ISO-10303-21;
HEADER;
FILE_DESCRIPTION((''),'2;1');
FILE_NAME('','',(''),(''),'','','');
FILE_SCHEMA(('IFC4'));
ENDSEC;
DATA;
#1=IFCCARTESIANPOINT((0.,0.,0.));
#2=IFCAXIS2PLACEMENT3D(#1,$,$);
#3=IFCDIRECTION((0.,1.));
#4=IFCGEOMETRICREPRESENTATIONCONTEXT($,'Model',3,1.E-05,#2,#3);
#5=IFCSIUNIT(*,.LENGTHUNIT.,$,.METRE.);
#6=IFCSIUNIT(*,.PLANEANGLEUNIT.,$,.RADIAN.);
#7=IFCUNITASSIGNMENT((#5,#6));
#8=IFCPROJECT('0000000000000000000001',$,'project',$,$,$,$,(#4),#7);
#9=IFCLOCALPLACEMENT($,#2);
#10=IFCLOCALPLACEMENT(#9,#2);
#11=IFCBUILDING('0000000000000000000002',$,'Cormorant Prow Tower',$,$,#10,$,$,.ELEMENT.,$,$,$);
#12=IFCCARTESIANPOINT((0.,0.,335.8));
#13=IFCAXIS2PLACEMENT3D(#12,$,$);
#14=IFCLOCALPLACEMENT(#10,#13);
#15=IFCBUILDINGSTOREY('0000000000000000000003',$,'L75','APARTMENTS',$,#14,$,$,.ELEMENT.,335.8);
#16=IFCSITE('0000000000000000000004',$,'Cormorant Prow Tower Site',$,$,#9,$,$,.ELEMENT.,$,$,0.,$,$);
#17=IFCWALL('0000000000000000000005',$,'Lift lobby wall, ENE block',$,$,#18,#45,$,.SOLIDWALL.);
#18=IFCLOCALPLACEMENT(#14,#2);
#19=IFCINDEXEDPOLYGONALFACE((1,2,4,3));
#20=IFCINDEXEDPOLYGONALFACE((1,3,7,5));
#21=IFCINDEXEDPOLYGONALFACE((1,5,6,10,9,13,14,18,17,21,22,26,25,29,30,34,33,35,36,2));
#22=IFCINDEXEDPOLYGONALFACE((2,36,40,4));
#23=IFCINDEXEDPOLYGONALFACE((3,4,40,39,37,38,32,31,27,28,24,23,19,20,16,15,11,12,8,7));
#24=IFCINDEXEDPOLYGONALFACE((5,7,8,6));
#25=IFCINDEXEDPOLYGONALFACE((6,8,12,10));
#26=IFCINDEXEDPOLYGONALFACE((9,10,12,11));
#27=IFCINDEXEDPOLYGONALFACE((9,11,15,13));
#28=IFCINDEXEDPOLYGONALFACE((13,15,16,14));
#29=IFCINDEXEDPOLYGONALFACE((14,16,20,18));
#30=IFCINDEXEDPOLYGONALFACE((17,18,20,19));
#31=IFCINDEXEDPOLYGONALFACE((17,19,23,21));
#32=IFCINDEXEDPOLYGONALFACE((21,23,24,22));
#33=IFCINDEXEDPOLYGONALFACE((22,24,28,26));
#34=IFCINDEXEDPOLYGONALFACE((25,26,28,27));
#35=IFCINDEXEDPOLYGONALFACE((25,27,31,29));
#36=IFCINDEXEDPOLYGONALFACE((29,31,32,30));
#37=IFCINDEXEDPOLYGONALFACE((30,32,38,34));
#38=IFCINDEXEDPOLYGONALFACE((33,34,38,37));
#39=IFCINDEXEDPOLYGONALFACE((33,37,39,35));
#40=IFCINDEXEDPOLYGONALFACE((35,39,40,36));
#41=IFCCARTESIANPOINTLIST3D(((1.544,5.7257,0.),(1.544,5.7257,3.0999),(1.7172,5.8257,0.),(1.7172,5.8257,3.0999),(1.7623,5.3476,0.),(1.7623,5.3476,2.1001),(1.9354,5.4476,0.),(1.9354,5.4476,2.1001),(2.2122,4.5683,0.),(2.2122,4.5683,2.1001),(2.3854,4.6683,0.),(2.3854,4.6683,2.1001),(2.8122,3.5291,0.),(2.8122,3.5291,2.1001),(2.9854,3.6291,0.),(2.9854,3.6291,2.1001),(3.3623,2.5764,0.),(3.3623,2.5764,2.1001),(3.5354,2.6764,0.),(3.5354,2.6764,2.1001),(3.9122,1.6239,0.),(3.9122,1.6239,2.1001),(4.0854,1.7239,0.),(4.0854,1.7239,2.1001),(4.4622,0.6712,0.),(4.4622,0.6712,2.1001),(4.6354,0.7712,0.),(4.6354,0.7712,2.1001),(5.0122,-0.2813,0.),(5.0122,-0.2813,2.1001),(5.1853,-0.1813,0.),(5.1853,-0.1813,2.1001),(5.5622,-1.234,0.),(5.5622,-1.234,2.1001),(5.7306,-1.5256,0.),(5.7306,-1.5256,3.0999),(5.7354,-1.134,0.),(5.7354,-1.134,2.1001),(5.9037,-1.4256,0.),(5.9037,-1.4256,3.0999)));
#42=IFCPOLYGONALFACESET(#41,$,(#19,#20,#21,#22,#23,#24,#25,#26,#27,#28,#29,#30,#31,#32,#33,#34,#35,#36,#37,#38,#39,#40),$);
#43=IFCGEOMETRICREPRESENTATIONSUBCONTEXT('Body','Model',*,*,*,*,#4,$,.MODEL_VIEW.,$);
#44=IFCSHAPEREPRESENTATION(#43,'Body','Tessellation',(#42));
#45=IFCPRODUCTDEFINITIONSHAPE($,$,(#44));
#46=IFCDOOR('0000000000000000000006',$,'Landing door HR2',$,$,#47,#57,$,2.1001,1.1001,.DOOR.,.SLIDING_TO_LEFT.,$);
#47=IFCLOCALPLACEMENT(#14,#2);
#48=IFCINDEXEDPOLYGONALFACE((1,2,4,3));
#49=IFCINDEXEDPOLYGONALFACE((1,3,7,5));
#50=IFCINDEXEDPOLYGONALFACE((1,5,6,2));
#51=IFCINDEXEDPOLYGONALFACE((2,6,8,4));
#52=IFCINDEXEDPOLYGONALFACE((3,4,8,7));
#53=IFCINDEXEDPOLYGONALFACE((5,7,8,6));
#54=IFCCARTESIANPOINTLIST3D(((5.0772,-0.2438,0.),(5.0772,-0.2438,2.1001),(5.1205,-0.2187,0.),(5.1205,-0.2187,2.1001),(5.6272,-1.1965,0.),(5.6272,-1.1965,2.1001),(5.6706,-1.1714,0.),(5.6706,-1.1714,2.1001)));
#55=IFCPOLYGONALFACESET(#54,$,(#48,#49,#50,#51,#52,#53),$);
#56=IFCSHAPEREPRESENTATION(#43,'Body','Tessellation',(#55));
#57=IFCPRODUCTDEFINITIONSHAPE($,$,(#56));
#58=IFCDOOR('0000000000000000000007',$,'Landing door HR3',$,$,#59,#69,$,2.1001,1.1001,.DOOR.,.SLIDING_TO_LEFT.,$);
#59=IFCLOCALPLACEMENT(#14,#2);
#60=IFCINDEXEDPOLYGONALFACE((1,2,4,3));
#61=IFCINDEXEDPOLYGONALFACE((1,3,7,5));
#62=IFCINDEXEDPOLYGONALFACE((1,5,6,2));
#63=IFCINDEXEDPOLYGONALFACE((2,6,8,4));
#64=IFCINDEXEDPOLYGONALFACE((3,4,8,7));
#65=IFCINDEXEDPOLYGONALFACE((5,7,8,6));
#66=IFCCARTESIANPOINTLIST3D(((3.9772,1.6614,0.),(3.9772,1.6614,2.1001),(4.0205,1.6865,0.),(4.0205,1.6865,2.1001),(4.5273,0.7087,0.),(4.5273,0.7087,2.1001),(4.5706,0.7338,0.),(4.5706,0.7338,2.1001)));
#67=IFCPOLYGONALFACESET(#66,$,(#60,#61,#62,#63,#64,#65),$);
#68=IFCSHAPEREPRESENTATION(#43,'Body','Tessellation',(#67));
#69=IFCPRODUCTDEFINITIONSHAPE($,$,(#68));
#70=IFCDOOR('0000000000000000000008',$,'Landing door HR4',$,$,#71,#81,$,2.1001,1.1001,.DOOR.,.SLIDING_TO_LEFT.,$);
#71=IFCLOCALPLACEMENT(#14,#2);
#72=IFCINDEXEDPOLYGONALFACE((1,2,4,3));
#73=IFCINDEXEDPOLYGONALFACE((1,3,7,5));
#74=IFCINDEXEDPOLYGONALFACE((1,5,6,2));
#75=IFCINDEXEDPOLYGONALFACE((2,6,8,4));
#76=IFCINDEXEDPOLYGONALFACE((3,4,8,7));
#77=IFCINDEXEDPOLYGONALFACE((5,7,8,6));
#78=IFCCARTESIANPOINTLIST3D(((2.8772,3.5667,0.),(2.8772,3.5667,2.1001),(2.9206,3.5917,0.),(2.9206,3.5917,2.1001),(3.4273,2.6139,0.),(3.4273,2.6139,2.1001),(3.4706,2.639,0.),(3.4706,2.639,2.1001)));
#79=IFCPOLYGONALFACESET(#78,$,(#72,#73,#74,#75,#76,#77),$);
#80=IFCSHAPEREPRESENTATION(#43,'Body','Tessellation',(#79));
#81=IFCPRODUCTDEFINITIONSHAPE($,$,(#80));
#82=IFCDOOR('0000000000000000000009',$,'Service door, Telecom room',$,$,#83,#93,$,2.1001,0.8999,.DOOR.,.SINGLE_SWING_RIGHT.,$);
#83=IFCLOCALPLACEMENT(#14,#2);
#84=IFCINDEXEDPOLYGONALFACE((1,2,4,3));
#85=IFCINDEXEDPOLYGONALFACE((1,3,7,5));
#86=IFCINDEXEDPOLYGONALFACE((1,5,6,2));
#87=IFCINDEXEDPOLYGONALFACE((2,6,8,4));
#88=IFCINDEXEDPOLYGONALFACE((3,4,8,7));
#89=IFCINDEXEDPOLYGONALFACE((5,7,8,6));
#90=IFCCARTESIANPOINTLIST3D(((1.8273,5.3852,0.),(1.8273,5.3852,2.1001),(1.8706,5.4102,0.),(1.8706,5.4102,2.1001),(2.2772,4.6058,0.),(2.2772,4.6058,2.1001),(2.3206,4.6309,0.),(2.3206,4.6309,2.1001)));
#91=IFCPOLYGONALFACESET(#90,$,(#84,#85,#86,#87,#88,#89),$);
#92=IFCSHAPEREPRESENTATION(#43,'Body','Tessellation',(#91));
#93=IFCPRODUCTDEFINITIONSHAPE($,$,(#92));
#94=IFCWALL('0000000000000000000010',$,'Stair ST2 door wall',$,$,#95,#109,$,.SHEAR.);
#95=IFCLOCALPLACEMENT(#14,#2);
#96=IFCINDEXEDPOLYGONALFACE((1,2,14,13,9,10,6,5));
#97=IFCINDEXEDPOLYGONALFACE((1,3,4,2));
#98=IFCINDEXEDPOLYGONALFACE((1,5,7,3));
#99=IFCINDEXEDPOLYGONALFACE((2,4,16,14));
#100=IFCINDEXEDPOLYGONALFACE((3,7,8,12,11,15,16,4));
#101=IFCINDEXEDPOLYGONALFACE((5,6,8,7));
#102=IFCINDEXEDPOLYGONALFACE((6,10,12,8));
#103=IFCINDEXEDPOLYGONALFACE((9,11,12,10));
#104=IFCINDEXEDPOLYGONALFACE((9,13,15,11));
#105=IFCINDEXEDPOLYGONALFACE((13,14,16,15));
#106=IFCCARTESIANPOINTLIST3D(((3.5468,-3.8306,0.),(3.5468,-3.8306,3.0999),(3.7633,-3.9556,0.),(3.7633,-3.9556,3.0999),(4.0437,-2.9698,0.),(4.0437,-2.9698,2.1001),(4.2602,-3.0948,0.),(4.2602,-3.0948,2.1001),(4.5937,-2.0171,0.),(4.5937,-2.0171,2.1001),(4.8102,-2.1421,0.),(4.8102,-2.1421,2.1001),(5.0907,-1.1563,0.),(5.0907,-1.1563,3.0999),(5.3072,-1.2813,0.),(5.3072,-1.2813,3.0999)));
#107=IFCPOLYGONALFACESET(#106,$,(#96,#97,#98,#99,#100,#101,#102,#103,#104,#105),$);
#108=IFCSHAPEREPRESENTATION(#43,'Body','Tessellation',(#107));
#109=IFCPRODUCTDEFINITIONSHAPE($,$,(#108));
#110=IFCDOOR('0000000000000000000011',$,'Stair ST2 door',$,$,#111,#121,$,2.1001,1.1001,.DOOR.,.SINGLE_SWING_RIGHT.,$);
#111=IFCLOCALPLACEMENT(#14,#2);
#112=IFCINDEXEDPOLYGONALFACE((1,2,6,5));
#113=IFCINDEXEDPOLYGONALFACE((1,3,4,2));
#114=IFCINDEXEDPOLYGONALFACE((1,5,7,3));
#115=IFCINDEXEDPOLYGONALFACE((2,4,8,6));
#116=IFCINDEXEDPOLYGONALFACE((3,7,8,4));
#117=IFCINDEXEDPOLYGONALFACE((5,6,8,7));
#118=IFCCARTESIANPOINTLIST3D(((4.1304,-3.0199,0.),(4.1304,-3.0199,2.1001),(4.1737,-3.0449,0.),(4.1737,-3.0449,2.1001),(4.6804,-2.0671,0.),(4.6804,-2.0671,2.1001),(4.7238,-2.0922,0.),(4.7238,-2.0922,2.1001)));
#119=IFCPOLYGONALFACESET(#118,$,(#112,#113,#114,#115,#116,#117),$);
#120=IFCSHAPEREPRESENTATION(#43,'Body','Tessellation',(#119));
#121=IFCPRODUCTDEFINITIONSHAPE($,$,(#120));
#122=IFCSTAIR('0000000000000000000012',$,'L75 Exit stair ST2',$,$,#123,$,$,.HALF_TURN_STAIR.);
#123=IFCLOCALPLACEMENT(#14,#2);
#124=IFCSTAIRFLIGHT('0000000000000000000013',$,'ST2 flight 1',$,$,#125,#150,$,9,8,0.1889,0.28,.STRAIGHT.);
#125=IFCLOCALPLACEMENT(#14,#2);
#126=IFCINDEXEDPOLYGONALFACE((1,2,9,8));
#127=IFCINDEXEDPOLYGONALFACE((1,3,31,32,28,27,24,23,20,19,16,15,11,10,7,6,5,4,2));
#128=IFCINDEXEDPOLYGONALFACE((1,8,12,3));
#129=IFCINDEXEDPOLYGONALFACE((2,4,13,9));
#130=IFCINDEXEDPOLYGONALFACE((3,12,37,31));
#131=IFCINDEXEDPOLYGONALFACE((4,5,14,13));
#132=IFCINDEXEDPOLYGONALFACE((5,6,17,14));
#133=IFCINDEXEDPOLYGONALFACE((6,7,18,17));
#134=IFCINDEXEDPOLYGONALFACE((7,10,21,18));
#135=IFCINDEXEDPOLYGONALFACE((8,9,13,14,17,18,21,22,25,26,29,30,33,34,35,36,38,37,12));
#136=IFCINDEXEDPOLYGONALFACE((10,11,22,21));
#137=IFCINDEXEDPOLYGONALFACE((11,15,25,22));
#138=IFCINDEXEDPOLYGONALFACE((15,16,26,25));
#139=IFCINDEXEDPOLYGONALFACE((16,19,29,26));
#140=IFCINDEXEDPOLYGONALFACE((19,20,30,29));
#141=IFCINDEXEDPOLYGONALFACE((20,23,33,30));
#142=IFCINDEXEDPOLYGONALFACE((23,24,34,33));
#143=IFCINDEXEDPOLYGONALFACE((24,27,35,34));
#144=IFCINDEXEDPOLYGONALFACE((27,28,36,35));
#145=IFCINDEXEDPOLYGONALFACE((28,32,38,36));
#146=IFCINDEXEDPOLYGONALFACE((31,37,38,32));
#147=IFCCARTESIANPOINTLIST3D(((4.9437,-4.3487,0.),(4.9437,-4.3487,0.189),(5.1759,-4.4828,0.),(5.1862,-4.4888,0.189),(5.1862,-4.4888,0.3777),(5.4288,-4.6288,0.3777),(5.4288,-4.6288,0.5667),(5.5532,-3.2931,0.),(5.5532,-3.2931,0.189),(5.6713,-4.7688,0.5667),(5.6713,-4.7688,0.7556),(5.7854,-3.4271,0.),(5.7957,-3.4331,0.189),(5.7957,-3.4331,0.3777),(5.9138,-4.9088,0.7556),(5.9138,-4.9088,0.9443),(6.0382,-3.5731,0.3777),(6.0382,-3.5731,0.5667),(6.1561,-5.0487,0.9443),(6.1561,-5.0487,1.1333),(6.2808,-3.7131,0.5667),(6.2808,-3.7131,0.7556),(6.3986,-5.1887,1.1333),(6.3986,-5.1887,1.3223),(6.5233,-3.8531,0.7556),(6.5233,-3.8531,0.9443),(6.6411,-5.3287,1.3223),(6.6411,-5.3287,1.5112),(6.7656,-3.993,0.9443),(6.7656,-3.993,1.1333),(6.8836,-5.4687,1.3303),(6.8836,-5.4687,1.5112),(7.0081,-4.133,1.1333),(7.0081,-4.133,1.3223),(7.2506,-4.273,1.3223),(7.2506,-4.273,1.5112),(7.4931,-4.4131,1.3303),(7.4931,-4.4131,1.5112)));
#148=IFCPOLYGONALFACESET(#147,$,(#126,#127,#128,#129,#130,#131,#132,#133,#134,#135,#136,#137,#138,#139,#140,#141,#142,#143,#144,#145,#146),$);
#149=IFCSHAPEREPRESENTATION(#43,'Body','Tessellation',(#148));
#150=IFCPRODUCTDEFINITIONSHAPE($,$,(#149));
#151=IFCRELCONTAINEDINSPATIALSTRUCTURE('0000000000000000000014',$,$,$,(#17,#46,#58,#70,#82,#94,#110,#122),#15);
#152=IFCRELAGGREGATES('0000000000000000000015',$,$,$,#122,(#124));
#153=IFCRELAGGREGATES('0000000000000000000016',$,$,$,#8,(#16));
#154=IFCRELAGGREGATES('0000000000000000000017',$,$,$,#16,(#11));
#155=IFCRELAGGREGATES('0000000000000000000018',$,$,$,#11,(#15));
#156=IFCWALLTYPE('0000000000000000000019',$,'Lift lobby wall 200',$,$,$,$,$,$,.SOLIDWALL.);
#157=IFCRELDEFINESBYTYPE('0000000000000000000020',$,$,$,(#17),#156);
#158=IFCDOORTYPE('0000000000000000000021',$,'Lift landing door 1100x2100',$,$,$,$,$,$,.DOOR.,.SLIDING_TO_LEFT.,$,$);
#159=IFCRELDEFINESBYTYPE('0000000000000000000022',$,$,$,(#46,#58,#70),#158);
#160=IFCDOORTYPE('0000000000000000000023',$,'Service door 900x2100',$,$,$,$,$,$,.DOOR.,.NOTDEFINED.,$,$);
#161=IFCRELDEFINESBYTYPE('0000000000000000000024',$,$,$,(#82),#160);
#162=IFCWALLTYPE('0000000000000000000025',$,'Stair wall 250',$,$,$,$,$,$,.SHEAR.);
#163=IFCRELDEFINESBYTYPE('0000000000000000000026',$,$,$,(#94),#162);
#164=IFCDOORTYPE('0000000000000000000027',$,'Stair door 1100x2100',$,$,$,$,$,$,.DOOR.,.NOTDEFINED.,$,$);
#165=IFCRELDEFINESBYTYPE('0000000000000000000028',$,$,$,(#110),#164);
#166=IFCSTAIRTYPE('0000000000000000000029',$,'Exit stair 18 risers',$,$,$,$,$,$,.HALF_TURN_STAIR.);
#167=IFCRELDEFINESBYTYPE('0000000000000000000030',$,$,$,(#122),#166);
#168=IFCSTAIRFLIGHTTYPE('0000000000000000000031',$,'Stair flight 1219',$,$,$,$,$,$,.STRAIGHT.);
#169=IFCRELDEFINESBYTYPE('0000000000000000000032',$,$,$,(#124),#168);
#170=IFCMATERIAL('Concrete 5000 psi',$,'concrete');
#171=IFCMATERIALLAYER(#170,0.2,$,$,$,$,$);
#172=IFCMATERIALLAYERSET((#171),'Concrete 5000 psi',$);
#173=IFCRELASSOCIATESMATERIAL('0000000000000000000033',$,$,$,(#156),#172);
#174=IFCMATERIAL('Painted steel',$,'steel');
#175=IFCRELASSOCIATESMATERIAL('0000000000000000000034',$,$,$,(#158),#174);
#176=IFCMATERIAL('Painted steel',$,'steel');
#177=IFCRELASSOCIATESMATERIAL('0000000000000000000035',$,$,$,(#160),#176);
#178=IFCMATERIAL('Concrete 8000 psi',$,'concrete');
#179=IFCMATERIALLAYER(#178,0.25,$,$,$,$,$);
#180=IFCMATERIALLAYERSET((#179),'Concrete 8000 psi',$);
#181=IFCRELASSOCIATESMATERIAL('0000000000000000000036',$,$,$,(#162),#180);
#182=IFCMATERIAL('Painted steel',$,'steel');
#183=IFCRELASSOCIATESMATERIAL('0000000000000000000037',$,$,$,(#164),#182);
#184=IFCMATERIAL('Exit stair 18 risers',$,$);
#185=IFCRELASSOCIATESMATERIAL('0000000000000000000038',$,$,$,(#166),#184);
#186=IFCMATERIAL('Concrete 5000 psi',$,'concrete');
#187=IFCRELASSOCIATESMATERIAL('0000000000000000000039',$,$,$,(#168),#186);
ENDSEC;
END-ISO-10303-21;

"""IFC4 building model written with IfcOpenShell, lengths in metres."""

from ifc_helpers import new_model, si_unit, direction, frame, frame_2d, origin, place, context, subcontext, project, spatial, polyline, rectangle, outline, extrude, material, layer, layer_set, type_object, element, fill, aggregate, save


model = new_model("IFC4")

# Units and contexts
model_context = context("Model", 3, precision=1e-05, world=origin(), true_north=direction((0.0, 1.0)))
body_context = subcontext(model_context, "Body", "Model", "MODEL_VIEW")
ifc_project = project(units=[si_unit("LENGTHUNIT", "METRE"), si_unit("PLANEANGLEUNIT", "RADIAN")], contexts=[model_context])

# Site, building, storey
site_placement = place(None, origin())
site = spatial("IfcSite", under=ifc_project, at=site_placement, Name="Cormorant Prow Tower Site", CompositionType="ELEMENT", RefElevation=0.0)
building_placement = place(site_placement, origin())
building = spatial("IfcBuilding", under=site, at=building_placement, Name="Cormorant Prow Tower", CompositionType="ELEMENT")
storey_placement = place(building_placement, frame((0.0, 0.0, 335.8)))
storey = spatial("IfcBuildingStorey", under=building, at=storey_placement, Name="L75", Description="APARTMENTS", CompositionType="ELEMENT", Elevation=335.8)

# Wall, openings, doors
ifc_material_1 = material(Name="Concrete 5000 psi", Category="concrete")
ifc_layer_1 = layer(ifc_material_1, 0.2)
ifc_layer_set_1 = layer_set([ifc_layer_1], Name="Concrete 5000 psi")
wall_type_1 = type_object("IfcWallType", Name="Lift lobby wall 200", PredefinedType="SOLIDWALL", material=ifc_layer_set_1)
wall_1_placement = place(storey_placement, frame((5.8171, -1.4756, 0.0), z_axis=(0.0, 0.0, 1.0), x_axis=(-0.500003, 0.866024, 0.0)))
wall_1 = element("IfcWall", 1, at=wall_1_placement, inside=storey, type_object=wall_type_1, Name="Lift lobby wall, ENE block", PredefinedType="SOLIDWALL", context=body_context, shape_type="SweptSolid", body=[
    extrude(rectangle(XDim=8.373, YDim=0.2, at=frame_2d((4.1865, 0.0))), origin(), (0.0, 0.0, 1.0), 3.0999),
])
opening_1_placement = place(wall_1_placement, frame((0.3367, 0.0, 0.0)))
opening_1 = element("IfcOpeningElement", 2, at=opening_1_placement, cuts=wall_1, PredefinedType="OPENING", context=body_context, shape_type="SweptSolid", body=[
    extrude(rectangle(XDim=1.1001, YDim=2.1001, at=frame_2d((0.55, 1.05))), frame((0.0, 0.1099, 0.0), z_axis=(0.0, -1.0, 0.0), x_axis=(1.0, 0.0, 0.0)), (0.0, 0.0, 1.0), 0.22),
])
opening_2_placement = place(wall_1_placement, frame((2.5366, 0.0, 0.0)))
opening_2 = element("IfcOpeningElement", 3, at=opening_2_placement, cuts=wall_1, PredefinedType="OPENING", context=body_context, shape_type="SweptSolid", body=[
    extrude(rectangle(XDim=1.1001, YDim=2.1001, at=frame_2d((0.55, 1.05))), frame((0.0, 0.1099, 0.0), z_axis=(0.0, -1.0, 0.0), x_axis=(1.0, 0.0, 0.0)), (0.0, 0.0, 1.0), 0.22),
])
opening_3_placement = place(wall_1_placement, frame((4.7366, 0.0, 0.0)))
opening_3 = element("IfcOpeningElement", 4, at=opening_3_placement, cuts=wall_1, PredefinedType="OPENING", context=body_context, shape_type="SweptSolid", body=[
    extrude(rectangle(XDim=1.1001, YDim=2.1001, at=frame_2d((0.55, 1.05))), frame((0.0, 0.1099, 0.0), z_axis=(0.0, -1.0, 0.0), x_axis=(1.0, 0.0, 0.0)), (0.0, 0.0, 1.0), 0.22),
])
opening_4_placement = place(wall_1_placement, frame((7.0366, 0.0, 0.0)))
opening_4 = element("IfcOpeningElement", 5, at=opening_4_placement, cuts=wall_1, PredefinedType="OPENING", context=body_context, shape_type="SweptSolid", body=[
    extrude(rectangle(XDim=0.8999, YDim=2.1001, at=frame_2d((0.45, 1.05))), frame((0.0, 0.1099, 0.0), z_axis=(0.0, -1.0, 0.0), x_axis=(1.0, 0.0, 0.0)), (0.0, 0.0, 1.0), 0.22),
])
ifc_material_2 = material(Name="Painted steel", Category="steel")
door_type_1 = type_object("IfcDoorType", Name="Lift landing door 1100x2100", OperationType="SLIDING_TO_LEFT", PredefinedType="DOOR", material=ifc_material_2)
door_1_placement = place(opening_1_placement, origin())
door_1 = element("IfcDoor", 6, at=door_1_placement, inside=storey, type_object=door_type_1, Name="Landing door HR2", OperationType="SLIDING_TO_LEFT", OverallHeight=2.1001, OverallWidth=1.1001, PredefinedType="DOOR", context=body_context, shape_type="SweptSolid", body=[
    extrude(rectangle(XDim=1.1001, YDim=2.1001, at=frame_2d((0.55, 1.05))), frame((0.0, 0.0249, 0.0), z_axis=(0.0, -1.0, 0.0), x_axis=(1.0, 0.0, 0.0)), (0.0, 0.0, 1.0), 0.05),
])
fill(opening_1, door_1)
door_2_placement = place(opening_2_placement, origin())
door_2 = element("IfcDoor", 7, at=door_2_placement, inside=storey, type_object=door_type_1, Name="Landing door HR3", OperationType="SLIDING_TO_LEFT", OverallHeight=2.1001, OverallWidth=1.1001, PredefinedType="DOOR", context=body_context, shape_type="SweptSolid", body=[
    extrude(rectangle(XDim=1.1001, YDim=2.1001, at=frame_2d((0.55, 1.05))), frame((0.0, 0.0249, 0.0), z_axis=(0.0, -1.0, 0.0), x_axis=(1.0, 0.0, 0.0)), (0.0, 0.0, 1.0), 0.05),
])
fill(opening_2, door_2)
door_3_placement = place(opening_3_placement, origin())
door_3 = element("IfcDoor", 8, at=door_3_placement, inside=storey, type_object=door_type_1, Name="Landing door HR4", OperationType="SLIDING_TO_LEFT", OverallHeight=2.1001, OverallWidth=1.1001, PredefinedType="DOOR", context=body_context, shape_type="SweptSolid", body=[
    extrude(rectangle(XDim=1.1001, YDim=2.1001, at=frame_2d((0.55, 1.05))), frame((0.0, 0.0249, 0.0), z_axis=(0.0, -1.0, 0.0), x_axis=(1.0, 0.0, 0.0)), (0.0, 0.0, 1.0), 0.05),
])
fill(opening_3, door_3)
ifc_material_3 = material(Name="Painted steel", Category="steel")
door_type_2 = type_object("IfcDoorType", Name="Service door 900x2100", OperationType="NOTDEFINED", PredefinedType="DOOR", material=ifc_material_3)
door_4_placement = place(opening_4_placement, origin())
door_4 = element("IfcDoor", 9, at=door_4_placement, inside=storey, type_object=door_type_2, Name="Service door, Telecom room", OperationType="SINGLE_SWING_RIGHT", OverallHeight=2.1001, OverallWidth=0.8999, PredefinedType="DOOR", context=body_context, shape_type="SweptSolid", body=[
    extrude(rectangle(XDim=0.8999, YDim=2.1001, at=frame_2d((0.45, 1.05))), frame((0.0, 0.0249, 0.0), z_axis=(0.0, -1.0, 0.0), x_axis=(1.0, 0.0, 0.0)), (0.0, 0.0, 1.0), 0.05),
])
fill(opening_4, door_4)

# Wall, opening, door
ifc_material_4 = material(Name="Concrete 8000 psi", Category="concrete")
ifc_layer_2 = layer(ifc_material_4, 0.25)
ifc_layer_set_2 = layer_set([ifc_layer_2], Name="Concrete 8000 psi")
wall_type_2 = type_object("IfcWallType", Name="Stair wall 250", PredefinedType="SHEAR", material=ifc_layer_set_2)
wall_2_placement = place(storey_placement, frame((3.655, -3.8931, 0.0), z_axis=(0.0, 0.0, 1.0), x_axis=(0.499983, 0.866035, 0.0)))
wall_2 = element("IfcWall", 10, at=wall_2_placement, inside=storey, type_object=wall_type_2, Name="Stair ST2 door wall", PredefinedType="SHEAR", context=body_context, shape_type="SweptSolid", body=[
    extrude(rectangle(XDim=3.0879, YDim=0.25, at=frame_2d((1.5439, 0.0))), origin(), (0.0, 0.0, 1.0), 3.0999),
])
opening_5_placement = place(wall_2_placement, frame((0.9939, 0.0, 0.0)))
opening_5 = element("IfcOpeningElement", 11, at=opening_5_placement, cuts=wall_2, PredefinedType="OPENING", context=body_context, shape_type="SweptSolid", body=[
    extrude(rectangle(XDim=1.1001, YDim=2.1001, at=frame_2d((0.55, 1.05))), frame((0.0, 0.135, 0.0), z_axis=(0.0, -1.0, 0.0), x_axis=(1.0, 0.0, 0.0)), (0.0, 0.0, 1.0), 0.27),
])
ifc_material_5 = material(Name="Painted steel", Category="steel")
door_type_3 = type_object("IfcDoorType", Name="Stair door 1100x2100", OperationType="NOTDEFINED", PredefinedType="DOOR", material=ifc_material_5)
door_5_placement = place(opening_5_placement, origin())
door_5 = element("IfcDoor", 12, at=door_5_placement, inside=storey, type_object=door_type_3, Name="Stair ST2 door", OperationType="SINGLE_SWING_RIGHT", OverallHeight=2.1001, OverallWidth=1.1001, PredefinedType="DOOR", context=body_context, shape_type="SweptSolid", body=[
    extrude(rectangle(XDim=1.1001, YDim=2.1001, at=frame_2d((0.55, 1.05))), frame((0.0, 0.0249, 0.0), z_axis=(0.0, -1.0, 0.0), x_axis=(1.0, 0.0, 0.0)), (0.0, 0.0, 1.0), 0.05),
])
fill(opening_5, door_5)

# Stair, stair flight
ifc_material_6 = material(Name="Exit stair 18 risers")
stair_type = type_object("IfcStairType", Name="Exit stair 18 risers", PredefinedType="HALF_TURN_STAIR", material=ifc_material_6)
stair_placement = place(storey_placement, origin())
stair = element("IfcStair", 13, at=stair_placement, inside=storey, type_object=stair_type, Name="L75 Exit stair ST2", PredefinedType="HALF_TURN_STAIR")
ifc_material_7 = material(Name="Concrete 5000 psi", Category="concrete")
stair_flight_type = type_object("IfcStairFlightType", Name="Stair flight 1219", PredefinedType="STRAIGHT", material=ifc_material_7)
stair_flight_1_placement = place(storey_placement, frame((5.2485, -3.8208, 0.0), z_axis=(0.0, 0.0, 1.0), x_axis=(0.866025, -0.5, 0.0)))
stair_flight_1 = element("IfcStairFlight", 14, at=stair_flight_1_placement, type_object=stair_flight_type, Name="ST2 flight 1", NumberOfRisers=9, NumberOfTreads=8, PredefinedType="STRAIGHT", RiserHeight=0.1889, TreadLength=0.28, context=body_context, shape_type="SweptSolid", body=[
    extrude(outline(polyline([(0.0, 0.0), (0.0, 0.189), (0.28, 0.189), (0.28, 0.3777), (0.5601, 0.3777), (0.5601, 0.5667), (0.8401, 0.5667), (0.8401, 0.7556), (1.1201, 0.7556), (1.1201, 0.9443), (1.3999, 0.9443), (1.3999, 1.1333), (1.6799, 1.1333), (1.6799, 1.3223), (1.96, 1.3223), (1.96, 1.5112), (2.24, 1.5112), (2.24, 1.7), (2.24, 1.3303), (0.2681, 0.0), (0.0, 0.0)])), frame((0.0, 0.6094, 0.0), z_axis=(0.0, -1.0, 0.0), x_axis=(1.0, 0.0, 0.0)), (0.0, 0.0, 1.0), 1.219),
])
aggregate(stair, [stair_flight_1])

save(model, "model.ifc")
